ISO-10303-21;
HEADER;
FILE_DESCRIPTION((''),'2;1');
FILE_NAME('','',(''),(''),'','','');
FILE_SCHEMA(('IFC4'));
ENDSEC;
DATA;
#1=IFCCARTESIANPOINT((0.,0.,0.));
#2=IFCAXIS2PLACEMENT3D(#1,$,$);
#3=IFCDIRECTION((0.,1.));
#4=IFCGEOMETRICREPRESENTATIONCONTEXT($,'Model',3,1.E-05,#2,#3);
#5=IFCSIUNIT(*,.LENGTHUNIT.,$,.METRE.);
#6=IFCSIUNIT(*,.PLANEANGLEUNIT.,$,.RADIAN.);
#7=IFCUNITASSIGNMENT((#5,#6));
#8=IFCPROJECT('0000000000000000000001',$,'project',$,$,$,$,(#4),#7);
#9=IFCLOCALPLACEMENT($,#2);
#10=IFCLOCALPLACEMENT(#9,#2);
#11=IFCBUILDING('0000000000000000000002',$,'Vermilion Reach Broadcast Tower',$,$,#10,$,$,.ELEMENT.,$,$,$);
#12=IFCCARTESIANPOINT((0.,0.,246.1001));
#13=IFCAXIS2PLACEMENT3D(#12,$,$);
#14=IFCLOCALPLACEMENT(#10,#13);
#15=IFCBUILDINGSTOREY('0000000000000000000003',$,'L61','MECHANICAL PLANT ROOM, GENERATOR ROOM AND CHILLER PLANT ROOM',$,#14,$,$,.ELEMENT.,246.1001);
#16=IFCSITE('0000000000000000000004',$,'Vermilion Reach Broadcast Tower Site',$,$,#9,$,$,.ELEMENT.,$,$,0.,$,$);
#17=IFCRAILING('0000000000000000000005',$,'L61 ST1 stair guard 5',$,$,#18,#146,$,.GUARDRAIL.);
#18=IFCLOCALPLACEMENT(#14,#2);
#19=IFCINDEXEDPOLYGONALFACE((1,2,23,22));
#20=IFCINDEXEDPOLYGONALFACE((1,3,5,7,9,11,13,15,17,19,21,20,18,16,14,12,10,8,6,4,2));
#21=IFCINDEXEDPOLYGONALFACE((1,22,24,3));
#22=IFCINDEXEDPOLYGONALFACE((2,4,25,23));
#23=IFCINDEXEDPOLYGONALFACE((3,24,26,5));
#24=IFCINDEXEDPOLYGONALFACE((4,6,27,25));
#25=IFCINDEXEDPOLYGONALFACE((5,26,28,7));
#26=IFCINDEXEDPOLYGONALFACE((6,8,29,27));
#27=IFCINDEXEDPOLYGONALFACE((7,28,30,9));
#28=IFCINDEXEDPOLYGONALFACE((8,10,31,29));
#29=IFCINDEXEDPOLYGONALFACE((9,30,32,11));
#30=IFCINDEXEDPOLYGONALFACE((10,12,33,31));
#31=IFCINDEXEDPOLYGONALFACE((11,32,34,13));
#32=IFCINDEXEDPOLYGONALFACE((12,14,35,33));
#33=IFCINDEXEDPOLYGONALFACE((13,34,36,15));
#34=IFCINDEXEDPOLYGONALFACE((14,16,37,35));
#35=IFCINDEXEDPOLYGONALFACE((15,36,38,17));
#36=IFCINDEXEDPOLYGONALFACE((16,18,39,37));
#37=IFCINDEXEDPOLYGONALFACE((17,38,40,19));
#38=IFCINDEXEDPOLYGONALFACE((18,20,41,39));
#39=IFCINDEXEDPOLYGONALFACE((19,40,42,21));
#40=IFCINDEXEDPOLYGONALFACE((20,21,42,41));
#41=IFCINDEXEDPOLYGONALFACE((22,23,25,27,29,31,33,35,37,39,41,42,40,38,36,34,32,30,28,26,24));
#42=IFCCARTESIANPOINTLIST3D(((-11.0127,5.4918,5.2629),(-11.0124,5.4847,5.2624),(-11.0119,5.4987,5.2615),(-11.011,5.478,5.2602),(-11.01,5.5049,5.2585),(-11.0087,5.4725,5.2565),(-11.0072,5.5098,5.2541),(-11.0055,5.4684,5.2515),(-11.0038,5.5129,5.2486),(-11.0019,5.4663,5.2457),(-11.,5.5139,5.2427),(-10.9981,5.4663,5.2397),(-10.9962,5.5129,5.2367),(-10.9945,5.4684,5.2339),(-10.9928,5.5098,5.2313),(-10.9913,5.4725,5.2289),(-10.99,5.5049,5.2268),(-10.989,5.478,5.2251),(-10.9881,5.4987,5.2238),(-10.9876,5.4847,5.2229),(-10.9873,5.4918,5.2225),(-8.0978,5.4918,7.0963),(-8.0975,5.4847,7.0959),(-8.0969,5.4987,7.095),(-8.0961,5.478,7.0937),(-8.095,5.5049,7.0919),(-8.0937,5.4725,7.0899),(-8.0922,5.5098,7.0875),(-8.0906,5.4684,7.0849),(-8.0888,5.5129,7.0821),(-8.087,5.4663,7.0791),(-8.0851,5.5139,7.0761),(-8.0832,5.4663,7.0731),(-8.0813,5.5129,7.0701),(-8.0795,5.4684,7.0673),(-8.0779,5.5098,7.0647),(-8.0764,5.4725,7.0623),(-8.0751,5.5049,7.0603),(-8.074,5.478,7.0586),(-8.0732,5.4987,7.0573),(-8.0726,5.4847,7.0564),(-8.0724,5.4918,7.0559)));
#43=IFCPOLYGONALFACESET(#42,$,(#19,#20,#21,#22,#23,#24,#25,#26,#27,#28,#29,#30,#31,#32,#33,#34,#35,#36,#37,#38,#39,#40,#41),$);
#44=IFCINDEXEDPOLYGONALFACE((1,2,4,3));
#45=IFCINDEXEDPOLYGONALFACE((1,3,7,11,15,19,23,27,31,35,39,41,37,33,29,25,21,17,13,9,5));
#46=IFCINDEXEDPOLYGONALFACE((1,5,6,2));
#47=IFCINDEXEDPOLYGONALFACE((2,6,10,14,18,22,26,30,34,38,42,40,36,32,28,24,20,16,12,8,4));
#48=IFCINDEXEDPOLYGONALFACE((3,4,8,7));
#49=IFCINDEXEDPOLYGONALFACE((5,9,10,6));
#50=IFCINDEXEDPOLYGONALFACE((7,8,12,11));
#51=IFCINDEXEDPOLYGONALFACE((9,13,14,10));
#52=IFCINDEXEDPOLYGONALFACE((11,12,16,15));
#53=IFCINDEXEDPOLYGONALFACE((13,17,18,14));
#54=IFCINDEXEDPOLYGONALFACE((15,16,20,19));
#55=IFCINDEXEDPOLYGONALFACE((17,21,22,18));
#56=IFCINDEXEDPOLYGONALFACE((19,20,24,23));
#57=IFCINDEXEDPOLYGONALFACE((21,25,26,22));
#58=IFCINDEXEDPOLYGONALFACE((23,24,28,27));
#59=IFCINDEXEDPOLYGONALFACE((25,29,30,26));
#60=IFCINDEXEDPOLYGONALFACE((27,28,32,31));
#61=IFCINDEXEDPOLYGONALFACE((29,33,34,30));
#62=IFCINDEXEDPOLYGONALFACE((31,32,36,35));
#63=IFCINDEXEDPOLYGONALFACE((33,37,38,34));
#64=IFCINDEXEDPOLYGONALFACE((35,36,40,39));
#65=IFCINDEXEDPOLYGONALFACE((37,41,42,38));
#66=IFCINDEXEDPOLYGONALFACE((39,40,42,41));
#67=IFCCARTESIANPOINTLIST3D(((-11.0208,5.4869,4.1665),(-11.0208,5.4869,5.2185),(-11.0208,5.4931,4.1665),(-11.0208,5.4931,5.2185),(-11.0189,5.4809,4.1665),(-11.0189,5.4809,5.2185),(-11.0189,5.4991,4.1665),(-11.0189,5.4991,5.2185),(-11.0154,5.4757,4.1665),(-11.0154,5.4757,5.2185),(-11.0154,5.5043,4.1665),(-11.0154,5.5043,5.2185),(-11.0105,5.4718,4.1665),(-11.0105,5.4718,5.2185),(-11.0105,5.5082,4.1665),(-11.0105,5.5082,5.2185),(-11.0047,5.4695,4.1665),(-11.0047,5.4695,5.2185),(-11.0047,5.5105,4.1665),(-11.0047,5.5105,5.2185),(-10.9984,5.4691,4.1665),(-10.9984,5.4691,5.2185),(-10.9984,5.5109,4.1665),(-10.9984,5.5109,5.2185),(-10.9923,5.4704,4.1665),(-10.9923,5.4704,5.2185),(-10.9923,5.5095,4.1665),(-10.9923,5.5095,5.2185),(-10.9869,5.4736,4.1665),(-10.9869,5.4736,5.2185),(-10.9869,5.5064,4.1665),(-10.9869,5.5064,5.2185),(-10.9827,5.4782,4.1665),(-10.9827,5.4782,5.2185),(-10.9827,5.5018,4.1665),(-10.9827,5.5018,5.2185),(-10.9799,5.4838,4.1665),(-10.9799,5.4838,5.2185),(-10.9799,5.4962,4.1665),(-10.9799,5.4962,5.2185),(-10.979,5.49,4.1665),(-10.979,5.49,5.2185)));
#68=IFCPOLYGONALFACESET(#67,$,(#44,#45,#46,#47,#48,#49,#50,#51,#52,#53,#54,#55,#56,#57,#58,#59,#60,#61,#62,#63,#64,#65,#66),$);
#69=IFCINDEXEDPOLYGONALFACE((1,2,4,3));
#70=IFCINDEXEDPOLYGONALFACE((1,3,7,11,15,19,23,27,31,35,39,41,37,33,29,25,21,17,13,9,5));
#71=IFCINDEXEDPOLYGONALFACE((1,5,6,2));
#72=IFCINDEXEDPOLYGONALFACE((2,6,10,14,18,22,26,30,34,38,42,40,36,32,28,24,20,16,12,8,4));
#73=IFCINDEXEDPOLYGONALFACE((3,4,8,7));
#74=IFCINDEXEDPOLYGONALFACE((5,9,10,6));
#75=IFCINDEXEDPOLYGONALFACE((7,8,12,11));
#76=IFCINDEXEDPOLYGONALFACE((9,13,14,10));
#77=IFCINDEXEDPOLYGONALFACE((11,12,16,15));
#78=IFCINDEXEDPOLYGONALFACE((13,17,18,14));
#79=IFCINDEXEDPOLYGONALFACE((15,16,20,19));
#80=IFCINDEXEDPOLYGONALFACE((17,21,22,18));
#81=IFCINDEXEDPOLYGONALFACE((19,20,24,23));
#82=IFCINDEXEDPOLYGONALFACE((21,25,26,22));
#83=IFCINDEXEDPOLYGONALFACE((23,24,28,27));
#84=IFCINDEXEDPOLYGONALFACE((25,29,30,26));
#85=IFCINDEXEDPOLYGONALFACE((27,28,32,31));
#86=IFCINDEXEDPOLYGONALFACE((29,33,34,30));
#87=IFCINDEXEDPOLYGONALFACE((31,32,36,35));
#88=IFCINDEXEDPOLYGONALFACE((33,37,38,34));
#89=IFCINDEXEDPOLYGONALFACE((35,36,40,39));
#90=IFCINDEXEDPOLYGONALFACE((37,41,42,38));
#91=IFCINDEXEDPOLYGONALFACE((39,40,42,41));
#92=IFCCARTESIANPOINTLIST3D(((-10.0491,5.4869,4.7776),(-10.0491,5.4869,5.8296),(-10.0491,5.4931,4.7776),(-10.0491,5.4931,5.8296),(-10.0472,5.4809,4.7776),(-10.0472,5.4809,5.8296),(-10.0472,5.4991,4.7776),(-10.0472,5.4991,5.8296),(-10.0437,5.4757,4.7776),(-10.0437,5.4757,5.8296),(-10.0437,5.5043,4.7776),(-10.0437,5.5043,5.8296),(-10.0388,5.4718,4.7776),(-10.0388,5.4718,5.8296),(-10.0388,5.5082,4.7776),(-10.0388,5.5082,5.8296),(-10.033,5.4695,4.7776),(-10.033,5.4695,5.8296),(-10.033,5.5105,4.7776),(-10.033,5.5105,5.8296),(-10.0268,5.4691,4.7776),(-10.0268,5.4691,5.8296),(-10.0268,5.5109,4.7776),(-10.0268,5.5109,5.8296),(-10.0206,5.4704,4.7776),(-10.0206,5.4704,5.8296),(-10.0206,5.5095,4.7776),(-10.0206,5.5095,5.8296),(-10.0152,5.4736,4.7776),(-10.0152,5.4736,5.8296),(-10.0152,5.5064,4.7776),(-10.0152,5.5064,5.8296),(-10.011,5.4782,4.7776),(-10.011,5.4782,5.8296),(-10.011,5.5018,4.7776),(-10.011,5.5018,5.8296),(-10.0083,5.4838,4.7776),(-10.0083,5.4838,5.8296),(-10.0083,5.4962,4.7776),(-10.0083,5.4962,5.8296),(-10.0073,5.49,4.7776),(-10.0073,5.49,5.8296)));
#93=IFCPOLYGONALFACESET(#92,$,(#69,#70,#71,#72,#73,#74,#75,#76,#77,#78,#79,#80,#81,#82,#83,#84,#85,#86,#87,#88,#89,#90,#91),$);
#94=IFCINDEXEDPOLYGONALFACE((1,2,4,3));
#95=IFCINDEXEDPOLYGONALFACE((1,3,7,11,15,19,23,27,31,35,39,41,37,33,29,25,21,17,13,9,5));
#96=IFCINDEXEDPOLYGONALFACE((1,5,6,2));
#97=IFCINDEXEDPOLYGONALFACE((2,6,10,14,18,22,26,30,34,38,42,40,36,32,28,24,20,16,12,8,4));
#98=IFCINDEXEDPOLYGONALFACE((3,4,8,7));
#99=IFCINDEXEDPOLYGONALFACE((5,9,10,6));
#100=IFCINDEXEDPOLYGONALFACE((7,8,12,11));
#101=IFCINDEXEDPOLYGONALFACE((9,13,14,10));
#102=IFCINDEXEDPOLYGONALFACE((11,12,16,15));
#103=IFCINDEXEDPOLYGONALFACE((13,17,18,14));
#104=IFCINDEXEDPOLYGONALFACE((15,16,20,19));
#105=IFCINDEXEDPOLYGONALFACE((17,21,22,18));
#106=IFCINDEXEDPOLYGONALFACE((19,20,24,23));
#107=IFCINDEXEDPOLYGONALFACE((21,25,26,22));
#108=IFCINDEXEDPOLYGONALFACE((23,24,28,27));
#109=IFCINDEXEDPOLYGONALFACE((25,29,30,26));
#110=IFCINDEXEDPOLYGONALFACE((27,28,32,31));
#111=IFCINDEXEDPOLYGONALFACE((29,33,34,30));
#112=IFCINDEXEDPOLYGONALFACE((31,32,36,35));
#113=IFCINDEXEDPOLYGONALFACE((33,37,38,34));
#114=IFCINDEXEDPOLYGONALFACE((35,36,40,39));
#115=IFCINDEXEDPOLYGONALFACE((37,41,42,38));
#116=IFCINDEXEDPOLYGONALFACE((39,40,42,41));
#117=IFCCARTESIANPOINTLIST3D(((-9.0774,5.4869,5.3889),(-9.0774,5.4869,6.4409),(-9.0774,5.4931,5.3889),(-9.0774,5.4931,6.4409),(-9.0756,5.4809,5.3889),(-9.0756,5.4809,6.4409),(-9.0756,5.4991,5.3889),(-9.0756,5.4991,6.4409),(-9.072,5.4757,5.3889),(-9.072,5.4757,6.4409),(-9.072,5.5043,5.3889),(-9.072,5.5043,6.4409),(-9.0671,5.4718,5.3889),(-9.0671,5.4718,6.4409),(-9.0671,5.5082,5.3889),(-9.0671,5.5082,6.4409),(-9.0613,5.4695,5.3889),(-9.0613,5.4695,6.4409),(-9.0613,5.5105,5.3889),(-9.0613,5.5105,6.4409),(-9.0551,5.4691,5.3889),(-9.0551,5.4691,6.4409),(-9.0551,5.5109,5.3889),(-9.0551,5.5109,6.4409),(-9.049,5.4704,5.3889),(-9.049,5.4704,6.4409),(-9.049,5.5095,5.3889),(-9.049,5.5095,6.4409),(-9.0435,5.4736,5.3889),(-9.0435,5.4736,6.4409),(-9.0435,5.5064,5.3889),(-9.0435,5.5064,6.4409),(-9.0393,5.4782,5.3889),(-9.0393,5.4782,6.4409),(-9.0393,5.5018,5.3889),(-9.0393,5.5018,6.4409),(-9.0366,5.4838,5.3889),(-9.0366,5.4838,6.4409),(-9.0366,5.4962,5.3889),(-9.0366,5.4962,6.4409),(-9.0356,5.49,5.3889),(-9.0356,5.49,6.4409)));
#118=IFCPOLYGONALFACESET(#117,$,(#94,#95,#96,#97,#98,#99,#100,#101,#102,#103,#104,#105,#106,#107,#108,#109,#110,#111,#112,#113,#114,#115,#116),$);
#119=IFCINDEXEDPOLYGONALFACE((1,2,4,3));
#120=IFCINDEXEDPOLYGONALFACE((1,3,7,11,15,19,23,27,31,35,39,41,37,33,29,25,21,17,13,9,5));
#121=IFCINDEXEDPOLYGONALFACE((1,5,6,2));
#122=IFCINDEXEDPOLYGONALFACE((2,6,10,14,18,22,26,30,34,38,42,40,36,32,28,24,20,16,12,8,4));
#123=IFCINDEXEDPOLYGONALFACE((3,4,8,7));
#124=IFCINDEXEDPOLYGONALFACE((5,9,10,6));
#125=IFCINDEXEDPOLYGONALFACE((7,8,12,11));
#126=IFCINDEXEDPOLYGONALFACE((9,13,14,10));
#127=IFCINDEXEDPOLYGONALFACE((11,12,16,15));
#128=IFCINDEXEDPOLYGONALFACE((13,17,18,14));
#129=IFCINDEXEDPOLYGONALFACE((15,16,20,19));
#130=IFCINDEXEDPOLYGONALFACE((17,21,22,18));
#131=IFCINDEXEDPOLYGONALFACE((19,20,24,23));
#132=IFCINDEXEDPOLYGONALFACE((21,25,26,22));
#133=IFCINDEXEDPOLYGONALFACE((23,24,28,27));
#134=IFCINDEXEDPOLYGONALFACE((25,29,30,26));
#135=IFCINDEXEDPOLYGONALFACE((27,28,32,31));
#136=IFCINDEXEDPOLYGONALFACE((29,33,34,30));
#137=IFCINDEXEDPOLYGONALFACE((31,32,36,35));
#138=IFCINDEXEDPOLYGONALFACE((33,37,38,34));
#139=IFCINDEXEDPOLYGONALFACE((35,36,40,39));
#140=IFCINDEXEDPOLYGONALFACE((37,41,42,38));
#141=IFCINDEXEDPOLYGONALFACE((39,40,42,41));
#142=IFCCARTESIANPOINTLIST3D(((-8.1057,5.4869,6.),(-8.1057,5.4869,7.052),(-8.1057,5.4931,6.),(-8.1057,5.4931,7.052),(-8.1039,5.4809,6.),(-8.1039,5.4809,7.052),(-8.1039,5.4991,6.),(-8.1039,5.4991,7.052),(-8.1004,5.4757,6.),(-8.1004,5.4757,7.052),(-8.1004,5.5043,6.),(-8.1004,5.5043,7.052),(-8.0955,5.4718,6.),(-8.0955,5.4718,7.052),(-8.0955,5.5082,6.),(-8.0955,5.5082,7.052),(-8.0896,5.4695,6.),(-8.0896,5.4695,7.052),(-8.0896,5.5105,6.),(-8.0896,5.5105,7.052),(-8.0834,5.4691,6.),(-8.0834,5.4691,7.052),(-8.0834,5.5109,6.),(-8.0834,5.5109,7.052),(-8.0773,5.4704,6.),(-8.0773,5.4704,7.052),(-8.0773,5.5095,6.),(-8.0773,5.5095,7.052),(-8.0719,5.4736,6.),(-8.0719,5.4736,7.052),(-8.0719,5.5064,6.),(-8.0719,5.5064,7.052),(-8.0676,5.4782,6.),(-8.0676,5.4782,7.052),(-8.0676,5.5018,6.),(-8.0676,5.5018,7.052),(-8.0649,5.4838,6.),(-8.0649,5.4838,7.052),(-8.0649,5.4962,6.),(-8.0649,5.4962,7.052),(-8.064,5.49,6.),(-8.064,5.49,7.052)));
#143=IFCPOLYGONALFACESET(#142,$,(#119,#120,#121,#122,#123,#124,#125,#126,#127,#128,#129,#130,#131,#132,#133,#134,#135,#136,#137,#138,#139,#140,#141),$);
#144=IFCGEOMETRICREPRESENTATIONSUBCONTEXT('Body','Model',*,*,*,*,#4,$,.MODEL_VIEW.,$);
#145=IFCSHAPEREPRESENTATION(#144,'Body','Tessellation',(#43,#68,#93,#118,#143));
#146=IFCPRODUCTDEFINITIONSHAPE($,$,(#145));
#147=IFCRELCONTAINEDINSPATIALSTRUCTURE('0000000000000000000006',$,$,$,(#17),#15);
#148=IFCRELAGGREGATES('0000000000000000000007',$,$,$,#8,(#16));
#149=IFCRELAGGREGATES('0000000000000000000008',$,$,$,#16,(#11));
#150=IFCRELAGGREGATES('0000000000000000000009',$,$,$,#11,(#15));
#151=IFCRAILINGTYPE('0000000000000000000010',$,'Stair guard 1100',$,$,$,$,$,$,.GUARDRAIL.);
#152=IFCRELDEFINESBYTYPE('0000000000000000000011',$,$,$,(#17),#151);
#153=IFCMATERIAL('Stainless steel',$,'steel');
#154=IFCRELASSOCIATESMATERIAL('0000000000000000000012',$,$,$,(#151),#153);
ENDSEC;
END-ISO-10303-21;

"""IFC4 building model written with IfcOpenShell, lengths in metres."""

from ifc_helpers import new_model, si_unit, direction, frame, origin, origin_2d, place, context, subcontext, project, spatial, circle, extrude, material, type_object, element, save


model = new_model("IFC4")

# Units and contexts
model_context = context("Model", 3, precision=1e-05, world=origin(), true_north=direction((0.0, 1.0)))
body_context = subcontext(model_context, "Body", "Model", "MODEL_VIEW")
ifc_project = project(units=[si_unit("LENGTHUNIT", "METRE"), si_unit("PLANEANGLEUNIT", "RADIAN")], contexts=[model_context])

# Site, building, storey
site_placement = place(None, origin())
site = spatial("IfcSite", under=ifc_project, at=site_placement, Name="Vermilion Reach Broadcast Tower Site", CompositionType="ELEMENT", RefElevation=0.0)
building_placement = place(site_placement, origin())
building = spatial("IfcBuilding", under=site, at=building_placement, Name="Vermilion Reach Broadcast Tower", CompositionType="ELEMENT")
storey_placement = place(building_placement, frame((0.0, 0.0, 246.1001)))
storey = spatial("IfcBuildingStorey", under=building, at=storey_placement, Name="L61", Description="MECHANICAL PLANT ROOM, GENERATOR ROOM AND CHILLER PLANT ROOM", CompositionType="ELEMENT", Elevation=246.1001)

# Railing
ifc_material_1 = material(Name="Stainless steel", Category="steel")
railing_type_1 = type_object("IfcRailingType", Name="Stair guard 1100", PredefinedType="GUARDRAIL", material=ifc_material_1)
railing_1_placement = place(storey_placement, frame((-11.0, 5.49, 4.1665)))
element("IfcRailing", 1, at=railing_1_placement, inside=storey, type_object=railing_type_1, Name="L61 ST1 stair guard 5", PredefinedType="GUARDRAIL", context=body_context, shape_type="SweptSolid", body=[
    extrude(circle(Radius=0.0239, at=origin_2d()), frame((0.0, 0.0, 1.0762), z_axis=(0.846481, 0.0, 0.532418), x_axis=(0.0, 1.0, 0.0)), (0.0, 0.0, 1.0), 3.4436),
    extrude(circle(Radius=0.021, at=origin_2d()), origin(), (0.0, 0.0, 1.0), 1.052),
    extrude(circle(Radius=0.021, at=origin_2d()), frame((0.9717, 0.0, 0.6111)), (0.0, 0.0, 1.0), 1.052),
    extrude(circle(Radius=0.021, at=origin_2d()), frame((1.9434, 0.0, 1.2224)), (0.0, 0.0, 1.0), 1.052),
    extrude(circle(Radius=0.021, at=origin_2d()), frame((2.915, 0.0, 1.8335)), (0.0, 0.0, 1.0), 1.052),
])

save(model, "model.ifc")
